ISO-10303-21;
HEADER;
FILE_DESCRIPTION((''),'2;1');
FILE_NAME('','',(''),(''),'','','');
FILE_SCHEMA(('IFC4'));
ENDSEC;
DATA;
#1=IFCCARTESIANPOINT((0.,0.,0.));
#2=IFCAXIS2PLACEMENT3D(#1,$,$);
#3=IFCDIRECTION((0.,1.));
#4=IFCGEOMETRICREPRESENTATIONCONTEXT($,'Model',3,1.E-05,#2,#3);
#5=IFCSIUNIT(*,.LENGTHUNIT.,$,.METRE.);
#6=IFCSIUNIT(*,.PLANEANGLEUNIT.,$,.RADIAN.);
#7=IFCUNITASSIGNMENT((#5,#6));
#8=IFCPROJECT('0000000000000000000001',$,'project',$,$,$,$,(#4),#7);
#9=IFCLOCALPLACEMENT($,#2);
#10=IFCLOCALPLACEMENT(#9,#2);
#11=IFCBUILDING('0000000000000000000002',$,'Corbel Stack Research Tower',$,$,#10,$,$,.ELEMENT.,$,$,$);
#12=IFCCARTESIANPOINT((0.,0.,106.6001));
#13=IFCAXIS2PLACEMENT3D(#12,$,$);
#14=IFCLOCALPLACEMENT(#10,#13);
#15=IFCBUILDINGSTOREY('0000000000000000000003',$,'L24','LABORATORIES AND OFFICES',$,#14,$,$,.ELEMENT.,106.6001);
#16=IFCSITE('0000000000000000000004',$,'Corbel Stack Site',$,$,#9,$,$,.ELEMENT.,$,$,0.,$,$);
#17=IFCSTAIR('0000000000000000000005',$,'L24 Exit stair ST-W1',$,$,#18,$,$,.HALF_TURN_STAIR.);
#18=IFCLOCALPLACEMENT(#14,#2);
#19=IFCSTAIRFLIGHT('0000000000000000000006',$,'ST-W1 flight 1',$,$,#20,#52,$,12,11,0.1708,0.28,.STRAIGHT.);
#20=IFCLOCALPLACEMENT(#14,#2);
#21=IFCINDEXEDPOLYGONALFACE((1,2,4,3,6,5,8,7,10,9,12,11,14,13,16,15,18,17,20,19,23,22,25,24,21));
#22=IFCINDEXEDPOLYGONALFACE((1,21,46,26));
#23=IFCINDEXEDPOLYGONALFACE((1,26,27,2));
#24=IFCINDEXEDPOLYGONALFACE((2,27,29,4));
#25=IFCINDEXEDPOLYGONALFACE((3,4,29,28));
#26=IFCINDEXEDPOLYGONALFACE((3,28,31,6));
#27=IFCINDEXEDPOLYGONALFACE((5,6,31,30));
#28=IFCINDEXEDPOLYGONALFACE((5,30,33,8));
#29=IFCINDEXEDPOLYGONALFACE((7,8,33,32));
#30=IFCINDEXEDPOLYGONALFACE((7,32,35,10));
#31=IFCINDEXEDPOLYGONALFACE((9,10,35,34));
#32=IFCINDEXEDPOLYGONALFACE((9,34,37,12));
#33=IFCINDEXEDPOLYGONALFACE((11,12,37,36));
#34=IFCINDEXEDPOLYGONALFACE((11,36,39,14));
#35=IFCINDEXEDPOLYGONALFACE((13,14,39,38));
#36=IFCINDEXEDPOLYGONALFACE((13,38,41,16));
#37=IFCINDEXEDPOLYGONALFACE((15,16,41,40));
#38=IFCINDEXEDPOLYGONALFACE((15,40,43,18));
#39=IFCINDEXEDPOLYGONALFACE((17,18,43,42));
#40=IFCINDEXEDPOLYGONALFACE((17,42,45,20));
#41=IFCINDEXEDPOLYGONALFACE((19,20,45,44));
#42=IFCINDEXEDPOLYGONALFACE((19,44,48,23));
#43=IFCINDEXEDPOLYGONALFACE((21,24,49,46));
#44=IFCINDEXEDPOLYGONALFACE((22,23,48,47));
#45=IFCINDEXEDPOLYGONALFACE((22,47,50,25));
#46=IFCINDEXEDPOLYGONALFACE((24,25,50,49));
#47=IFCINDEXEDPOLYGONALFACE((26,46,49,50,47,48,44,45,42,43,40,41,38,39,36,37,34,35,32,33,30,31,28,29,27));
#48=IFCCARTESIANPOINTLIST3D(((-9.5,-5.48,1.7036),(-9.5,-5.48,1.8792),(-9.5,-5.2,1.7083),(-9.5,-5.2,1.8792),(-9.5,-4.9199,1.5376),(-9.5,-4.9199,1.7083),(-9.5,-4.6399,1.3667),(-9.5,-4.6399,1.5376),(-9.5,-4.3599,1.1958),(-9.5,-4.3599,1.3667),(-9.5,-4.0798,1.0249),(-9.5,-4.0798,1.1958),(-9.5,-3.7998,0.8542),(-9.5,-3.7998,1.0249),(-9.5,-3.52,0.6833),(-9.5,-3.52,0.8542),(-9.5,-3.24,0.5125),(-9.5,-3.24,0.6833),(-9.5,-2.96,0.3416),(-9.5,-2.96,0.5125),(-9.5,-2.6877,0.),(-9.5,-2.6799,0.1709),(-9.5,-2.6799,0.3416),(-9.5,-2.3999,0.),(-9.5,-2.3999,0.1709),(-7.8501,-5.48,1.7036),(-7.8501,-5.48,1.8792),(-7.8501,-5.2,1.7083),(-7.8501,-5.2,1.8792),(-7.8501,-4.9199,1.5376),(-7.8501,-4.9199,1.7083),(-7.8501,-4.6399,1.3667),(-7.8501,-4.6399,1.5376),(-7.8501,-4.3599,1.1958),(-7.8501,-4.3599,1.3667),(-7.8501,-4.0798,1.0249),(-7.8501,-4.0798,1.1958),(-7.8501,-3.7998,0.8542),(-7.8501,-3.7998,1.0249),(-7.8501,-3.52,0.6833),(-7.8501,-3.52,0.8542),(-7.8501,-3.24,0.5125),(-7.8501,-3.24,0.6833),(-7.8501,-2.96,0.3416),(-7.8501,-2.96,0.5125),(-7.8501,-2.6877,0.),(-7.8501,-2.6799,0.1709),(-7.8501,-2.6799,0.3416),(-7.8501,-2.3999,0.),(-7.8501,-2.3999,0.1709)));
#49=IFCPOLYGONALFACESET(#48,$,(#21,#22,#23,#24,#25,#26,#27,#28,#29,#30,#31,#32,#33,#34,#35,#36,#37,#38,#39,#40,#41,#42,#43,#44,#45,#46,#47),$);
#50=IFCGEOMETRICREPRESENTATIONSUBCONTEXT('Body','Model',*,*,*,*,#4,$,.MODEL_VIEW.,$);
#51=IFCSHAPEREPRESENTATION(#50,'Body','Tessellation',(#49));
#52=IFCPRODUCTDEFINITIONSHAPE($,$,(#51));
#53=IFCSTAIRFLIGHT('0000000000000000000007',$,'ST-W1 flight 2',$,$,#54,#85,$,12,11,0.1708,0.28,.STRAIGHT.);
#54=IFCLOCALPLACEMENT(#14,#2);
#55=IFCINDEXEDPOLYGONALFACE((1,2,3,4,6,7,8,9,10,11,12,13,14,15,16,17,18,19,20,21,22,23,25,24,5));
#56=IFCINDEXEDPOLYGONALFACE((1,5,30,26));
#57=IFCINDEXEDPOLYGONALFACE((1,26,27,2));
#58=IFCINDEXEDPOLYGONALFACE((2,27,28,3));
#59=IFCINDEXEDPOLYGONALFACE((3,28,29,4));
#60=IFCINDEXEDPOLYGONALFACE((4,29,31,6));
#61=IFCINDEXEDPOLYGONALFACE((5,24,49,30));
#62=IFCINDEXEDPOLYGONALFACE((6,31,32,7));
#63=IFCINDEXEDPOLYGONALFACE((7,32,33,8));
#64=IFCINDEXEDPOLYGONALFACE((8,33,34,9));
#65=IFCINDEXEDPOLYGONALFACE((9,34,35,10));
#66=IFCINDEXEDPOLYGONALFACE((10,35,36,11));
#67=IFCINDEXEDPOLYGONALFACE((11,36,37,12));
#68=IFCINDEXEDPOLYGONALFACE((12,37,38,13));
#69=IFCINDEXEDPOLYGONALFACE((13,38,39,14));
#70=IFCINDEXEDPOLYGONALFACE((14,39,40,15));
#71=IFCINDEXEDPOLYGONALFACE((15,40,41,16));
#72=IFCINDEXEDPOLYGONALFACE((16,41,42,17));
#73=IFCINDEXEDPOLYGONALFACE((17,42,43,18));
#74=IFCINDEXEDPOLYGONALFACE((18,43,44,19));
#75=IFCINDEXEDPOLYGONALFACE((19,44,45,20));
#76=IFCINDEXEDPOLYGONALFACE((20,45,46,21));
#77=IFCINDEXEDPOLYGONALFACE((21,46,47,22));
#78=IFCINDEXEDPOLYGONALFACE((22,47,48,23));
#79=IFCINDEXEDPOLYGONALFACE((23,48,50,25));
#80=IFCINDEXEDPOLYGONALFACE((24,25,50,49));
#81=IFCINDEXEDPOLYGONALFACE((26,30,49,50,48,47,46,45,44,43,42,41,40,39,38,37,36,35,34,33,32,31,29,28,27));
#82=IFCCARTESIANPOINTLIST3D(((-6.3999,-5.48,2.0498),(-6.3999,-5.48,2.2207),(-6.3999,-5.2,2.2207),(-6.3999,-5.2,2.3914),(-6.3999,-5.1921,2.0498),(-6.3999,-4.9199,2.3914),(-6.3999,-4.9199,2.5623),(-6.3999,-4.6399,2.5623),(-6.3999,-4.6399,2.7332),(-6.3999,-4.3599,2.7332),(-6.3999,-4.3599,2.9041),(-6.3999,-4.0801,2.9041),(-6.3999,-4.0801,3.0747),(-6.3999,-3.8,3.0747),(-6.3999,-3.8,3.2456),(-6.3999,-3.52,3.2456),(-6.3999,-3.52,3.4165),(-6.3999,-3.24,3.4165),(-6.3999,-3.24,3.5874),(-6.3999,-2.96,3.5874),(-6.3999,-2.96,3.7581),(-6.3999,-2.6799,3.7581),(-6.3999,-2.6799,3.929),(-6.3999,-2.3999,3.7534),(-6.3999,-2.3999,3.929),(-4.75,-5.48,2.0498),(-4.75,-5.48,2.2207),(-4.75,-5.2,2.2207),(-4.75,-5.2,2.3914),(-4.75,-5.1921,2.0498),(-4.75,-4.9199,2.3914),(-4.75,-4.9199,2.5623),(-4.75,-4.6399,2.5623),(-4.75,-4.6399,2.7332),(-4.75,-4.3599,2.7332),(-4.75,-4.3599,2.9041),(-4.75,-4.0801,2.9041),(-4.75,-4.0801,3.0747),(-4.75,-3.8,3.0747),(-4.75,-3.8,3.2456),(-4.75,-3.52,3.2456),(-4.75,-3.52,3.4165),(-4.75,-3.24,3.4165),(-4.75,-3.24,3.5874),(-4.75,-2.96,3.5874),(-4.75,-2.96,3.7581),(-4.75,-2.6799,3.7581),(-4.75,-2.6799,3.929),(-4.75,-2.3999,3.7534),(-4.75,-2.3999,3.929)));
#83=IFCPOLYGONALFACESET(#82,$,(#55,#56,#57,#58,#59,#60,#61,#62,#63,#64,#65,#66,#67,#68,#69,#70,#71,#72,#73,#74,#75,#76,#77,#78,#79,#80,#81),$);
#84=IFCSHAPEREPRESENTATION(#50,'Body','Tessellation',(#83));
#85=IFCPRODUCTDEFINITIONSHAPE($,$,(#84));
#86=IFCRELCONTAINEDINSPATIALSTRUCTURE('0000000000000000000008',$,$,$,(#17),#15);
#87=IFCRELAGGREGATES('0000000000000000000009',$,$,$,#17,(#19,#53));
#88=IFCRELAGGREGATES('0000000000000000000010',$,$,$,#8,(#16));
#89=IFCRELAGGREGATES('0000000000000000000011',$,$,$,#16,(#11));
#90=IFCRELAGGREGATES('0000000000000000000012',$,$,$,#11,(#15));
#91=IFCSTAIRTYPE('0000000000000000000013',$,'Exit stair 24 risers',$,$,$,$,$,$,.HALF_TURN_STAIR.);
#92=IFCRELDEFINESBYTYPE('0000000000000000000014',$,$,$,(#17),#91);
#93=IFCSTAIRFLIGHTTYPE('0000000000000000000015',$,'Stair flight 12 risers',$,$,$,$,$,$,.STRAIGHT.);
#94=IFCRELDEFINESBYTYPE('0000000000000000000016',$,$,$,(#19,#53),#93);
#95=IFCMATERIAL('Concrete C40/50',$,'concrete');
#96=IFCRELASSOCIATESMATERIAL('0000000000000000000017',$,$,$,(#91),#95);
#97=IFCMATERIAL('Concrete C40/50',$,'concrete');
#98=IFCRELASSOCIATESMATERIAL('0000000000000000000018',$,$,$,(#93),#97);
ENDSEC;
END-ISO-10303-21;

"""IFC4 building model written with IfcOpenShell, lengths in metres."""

from ifc_helpers import new_model, si_unit, direction, frame, origin, place, context, subcontext, project, spatial, polyline, outline, extrude, material, type_object, element, aggregate, save


model = new_model("IFC4")

# Units and contexts
model_context = context("Model", 3, precision=1e-05, world=origin(), true_north=direction((0.0, 1.0)))
body_context = subcontext(model_context, "Body", "Model", "MODEL_VIEW")
ifc_project = project(units=[si_unit("LENGTHUNIT", "METRE"), si_unit("PLANEANGLEUNIT", "RADIAN")], contexts=[model_context])

# Site, building, storey
site_placement = place(None, origin())
site = spatial("IfcSite", under=ifc_project, at=site_placement, Name="Corbel Stack Site", CompositionType="ELEMENT", RefElevation=0.0)
building_placement = place(site_placement, origin())
building = spatial("IfcBuilding", under=site, at=building_placement, Name="Corbel Stack Research Tower", CompositionType="ELEMENT")
storey_placement = place(building_placement, frame((0.0, 0.0, 106.6001)))
storey = spatial("IfcBuildingStorey", under=building, at=storey_placement, Name="L24", Description="LABORATORIES AND OFFICES", CompositionType="ELEMENT", Elevation=106.6001)

# Stair, stair flights
ifc_material_1 = material(Name="Concrete C40/50", Category="concrete")
stair_type = type_object("IfcStairType", Name="Exit stair 24 risers", PredefinedType="HALF_TURN_STAIR", material=ifc_material_1)
stair_placement = place(storey_placement, origin())
stair = element("IfcStair", 1, at=stair_placement, inside=storey, type_object=stair_type, Name="L24 Exit stair ST-W1", PredefinedType="HALF_TURN_STAIR")
ifc_material_2 = material(Name="Concrete C40/50", Category="concrete")
stair_flight_type = type_object("IfcStairFlightType", Name="Stair flight 12 risers", PredefinedType="STRAIGHT", material=ifc_material_2)
stair_flight_1_placement = place(storey_placement, frame((-8.675, -2.3999, 0.0), z_axis=(0.0, 0.0, 1.0), x_axis=(0.0, -1.0, 0.0)))
stair_flight_1 = element("IfcStairFlight", 2, at=stair_flight_1_placement, type_object=stair_flight_type, Name="ST-W1 flight 1", NumberOfRisers=12, NumberOfTreads=11, PredefinedType="STRAIGHT", RiserHeight=0.1708, TreadLength=0.28, context=body_context, shape_type="SweptSolid", body=[
    extrude(outline(polyline([(0.0, 0.0), (0.0, 0.1709), (0.28, 0.1709), (0.28, 0.3416), (0.5601, 0.3416), (0.5601, 0.5125), (0.8401, 0.5125), (0.8401, 0.6833), (1.1201, 0.6833), (1.1201, 0.8542), (1.3999, 0.8542), (1.3999, 1.0249), (1.6799, 1.0249), (1.6799, 1.1958), (1.96, 1.1958), (1.96, 1.3667), (2.24, 1.3667), (2.24, 1.5376), (2.52, 1.5376), (2.52, 1.7083), (2.8, 1.7083), (2.8, 1.8792), (3.0801, 1.8792), (3.0801, 2.05), (3.0801, 1.7036), (0.2878, 0.0), (0.0, 0.0)])), frame((0.0, 0.825, 0.0), z_axis=(0.0, -1.0, 0.0), x_axis=(1.0, 0.0, 0.0)), (0.0, 0.0, 1.0), 1.6499),
])
stair_flight_2_placement = place(storey_placement, frame((-5.575, -5.48, 2.0498), z_axis=(0.0, 0.0, 1.0), x_axis=(0.0, 1.0, 0.0)))
stair_flight_2 = element("IfcStairFlight", 3, at=stair_flight_2_placement, type_object=stair_flight_type, Name="ST-W1 flight 2", NumberOfRisers=12, NumberOfTreads=11, PredefinedType="STRAIGHT", RiserHeight=0.1708, TreadLength=0.28, context=body_context, shape_type="SweptSolid", body=[
    extrude(outline(polyline([(0.0, 0.0), (0.0, 0.1709), (0.28, 0.1709), (0.28, 0.3416), (0.5601, 0.3416), (0.5601, 0.5125), (0.8401, 0.5125), (0.8401, 0.6833), (1.1201, 0.6833), (1.1201, 0.8542), (1.3999, 0.8542), (1.3999, 1.0249), (1.6799, 1.0249), (1.6799, 1.1958), (1.96, 1.1958), (1.96, 1.3667), (2.24, 1.3667), (2.24, 1.5376), (2.52, 1.5376), (2.52, 1.7083), (2.8, 1.7083), (2.8, 1.8792), (3.0801, 1.8792), (3.0801, 2.05), (3.0801, 1.7036), (0.2878, 0.0), (0.0, 0.0)])), frame((0.0, 0.825, 0.0), z_axis=(0.0, -1.0, 0.0), x_axis=(1.0, 0.0, 0.0)), (0.0, 0.0, 1.0), 1.6499),
])
aggregate(stair, [stair_flight_1, stair_flight_2])

save(model, "model.ifc")
